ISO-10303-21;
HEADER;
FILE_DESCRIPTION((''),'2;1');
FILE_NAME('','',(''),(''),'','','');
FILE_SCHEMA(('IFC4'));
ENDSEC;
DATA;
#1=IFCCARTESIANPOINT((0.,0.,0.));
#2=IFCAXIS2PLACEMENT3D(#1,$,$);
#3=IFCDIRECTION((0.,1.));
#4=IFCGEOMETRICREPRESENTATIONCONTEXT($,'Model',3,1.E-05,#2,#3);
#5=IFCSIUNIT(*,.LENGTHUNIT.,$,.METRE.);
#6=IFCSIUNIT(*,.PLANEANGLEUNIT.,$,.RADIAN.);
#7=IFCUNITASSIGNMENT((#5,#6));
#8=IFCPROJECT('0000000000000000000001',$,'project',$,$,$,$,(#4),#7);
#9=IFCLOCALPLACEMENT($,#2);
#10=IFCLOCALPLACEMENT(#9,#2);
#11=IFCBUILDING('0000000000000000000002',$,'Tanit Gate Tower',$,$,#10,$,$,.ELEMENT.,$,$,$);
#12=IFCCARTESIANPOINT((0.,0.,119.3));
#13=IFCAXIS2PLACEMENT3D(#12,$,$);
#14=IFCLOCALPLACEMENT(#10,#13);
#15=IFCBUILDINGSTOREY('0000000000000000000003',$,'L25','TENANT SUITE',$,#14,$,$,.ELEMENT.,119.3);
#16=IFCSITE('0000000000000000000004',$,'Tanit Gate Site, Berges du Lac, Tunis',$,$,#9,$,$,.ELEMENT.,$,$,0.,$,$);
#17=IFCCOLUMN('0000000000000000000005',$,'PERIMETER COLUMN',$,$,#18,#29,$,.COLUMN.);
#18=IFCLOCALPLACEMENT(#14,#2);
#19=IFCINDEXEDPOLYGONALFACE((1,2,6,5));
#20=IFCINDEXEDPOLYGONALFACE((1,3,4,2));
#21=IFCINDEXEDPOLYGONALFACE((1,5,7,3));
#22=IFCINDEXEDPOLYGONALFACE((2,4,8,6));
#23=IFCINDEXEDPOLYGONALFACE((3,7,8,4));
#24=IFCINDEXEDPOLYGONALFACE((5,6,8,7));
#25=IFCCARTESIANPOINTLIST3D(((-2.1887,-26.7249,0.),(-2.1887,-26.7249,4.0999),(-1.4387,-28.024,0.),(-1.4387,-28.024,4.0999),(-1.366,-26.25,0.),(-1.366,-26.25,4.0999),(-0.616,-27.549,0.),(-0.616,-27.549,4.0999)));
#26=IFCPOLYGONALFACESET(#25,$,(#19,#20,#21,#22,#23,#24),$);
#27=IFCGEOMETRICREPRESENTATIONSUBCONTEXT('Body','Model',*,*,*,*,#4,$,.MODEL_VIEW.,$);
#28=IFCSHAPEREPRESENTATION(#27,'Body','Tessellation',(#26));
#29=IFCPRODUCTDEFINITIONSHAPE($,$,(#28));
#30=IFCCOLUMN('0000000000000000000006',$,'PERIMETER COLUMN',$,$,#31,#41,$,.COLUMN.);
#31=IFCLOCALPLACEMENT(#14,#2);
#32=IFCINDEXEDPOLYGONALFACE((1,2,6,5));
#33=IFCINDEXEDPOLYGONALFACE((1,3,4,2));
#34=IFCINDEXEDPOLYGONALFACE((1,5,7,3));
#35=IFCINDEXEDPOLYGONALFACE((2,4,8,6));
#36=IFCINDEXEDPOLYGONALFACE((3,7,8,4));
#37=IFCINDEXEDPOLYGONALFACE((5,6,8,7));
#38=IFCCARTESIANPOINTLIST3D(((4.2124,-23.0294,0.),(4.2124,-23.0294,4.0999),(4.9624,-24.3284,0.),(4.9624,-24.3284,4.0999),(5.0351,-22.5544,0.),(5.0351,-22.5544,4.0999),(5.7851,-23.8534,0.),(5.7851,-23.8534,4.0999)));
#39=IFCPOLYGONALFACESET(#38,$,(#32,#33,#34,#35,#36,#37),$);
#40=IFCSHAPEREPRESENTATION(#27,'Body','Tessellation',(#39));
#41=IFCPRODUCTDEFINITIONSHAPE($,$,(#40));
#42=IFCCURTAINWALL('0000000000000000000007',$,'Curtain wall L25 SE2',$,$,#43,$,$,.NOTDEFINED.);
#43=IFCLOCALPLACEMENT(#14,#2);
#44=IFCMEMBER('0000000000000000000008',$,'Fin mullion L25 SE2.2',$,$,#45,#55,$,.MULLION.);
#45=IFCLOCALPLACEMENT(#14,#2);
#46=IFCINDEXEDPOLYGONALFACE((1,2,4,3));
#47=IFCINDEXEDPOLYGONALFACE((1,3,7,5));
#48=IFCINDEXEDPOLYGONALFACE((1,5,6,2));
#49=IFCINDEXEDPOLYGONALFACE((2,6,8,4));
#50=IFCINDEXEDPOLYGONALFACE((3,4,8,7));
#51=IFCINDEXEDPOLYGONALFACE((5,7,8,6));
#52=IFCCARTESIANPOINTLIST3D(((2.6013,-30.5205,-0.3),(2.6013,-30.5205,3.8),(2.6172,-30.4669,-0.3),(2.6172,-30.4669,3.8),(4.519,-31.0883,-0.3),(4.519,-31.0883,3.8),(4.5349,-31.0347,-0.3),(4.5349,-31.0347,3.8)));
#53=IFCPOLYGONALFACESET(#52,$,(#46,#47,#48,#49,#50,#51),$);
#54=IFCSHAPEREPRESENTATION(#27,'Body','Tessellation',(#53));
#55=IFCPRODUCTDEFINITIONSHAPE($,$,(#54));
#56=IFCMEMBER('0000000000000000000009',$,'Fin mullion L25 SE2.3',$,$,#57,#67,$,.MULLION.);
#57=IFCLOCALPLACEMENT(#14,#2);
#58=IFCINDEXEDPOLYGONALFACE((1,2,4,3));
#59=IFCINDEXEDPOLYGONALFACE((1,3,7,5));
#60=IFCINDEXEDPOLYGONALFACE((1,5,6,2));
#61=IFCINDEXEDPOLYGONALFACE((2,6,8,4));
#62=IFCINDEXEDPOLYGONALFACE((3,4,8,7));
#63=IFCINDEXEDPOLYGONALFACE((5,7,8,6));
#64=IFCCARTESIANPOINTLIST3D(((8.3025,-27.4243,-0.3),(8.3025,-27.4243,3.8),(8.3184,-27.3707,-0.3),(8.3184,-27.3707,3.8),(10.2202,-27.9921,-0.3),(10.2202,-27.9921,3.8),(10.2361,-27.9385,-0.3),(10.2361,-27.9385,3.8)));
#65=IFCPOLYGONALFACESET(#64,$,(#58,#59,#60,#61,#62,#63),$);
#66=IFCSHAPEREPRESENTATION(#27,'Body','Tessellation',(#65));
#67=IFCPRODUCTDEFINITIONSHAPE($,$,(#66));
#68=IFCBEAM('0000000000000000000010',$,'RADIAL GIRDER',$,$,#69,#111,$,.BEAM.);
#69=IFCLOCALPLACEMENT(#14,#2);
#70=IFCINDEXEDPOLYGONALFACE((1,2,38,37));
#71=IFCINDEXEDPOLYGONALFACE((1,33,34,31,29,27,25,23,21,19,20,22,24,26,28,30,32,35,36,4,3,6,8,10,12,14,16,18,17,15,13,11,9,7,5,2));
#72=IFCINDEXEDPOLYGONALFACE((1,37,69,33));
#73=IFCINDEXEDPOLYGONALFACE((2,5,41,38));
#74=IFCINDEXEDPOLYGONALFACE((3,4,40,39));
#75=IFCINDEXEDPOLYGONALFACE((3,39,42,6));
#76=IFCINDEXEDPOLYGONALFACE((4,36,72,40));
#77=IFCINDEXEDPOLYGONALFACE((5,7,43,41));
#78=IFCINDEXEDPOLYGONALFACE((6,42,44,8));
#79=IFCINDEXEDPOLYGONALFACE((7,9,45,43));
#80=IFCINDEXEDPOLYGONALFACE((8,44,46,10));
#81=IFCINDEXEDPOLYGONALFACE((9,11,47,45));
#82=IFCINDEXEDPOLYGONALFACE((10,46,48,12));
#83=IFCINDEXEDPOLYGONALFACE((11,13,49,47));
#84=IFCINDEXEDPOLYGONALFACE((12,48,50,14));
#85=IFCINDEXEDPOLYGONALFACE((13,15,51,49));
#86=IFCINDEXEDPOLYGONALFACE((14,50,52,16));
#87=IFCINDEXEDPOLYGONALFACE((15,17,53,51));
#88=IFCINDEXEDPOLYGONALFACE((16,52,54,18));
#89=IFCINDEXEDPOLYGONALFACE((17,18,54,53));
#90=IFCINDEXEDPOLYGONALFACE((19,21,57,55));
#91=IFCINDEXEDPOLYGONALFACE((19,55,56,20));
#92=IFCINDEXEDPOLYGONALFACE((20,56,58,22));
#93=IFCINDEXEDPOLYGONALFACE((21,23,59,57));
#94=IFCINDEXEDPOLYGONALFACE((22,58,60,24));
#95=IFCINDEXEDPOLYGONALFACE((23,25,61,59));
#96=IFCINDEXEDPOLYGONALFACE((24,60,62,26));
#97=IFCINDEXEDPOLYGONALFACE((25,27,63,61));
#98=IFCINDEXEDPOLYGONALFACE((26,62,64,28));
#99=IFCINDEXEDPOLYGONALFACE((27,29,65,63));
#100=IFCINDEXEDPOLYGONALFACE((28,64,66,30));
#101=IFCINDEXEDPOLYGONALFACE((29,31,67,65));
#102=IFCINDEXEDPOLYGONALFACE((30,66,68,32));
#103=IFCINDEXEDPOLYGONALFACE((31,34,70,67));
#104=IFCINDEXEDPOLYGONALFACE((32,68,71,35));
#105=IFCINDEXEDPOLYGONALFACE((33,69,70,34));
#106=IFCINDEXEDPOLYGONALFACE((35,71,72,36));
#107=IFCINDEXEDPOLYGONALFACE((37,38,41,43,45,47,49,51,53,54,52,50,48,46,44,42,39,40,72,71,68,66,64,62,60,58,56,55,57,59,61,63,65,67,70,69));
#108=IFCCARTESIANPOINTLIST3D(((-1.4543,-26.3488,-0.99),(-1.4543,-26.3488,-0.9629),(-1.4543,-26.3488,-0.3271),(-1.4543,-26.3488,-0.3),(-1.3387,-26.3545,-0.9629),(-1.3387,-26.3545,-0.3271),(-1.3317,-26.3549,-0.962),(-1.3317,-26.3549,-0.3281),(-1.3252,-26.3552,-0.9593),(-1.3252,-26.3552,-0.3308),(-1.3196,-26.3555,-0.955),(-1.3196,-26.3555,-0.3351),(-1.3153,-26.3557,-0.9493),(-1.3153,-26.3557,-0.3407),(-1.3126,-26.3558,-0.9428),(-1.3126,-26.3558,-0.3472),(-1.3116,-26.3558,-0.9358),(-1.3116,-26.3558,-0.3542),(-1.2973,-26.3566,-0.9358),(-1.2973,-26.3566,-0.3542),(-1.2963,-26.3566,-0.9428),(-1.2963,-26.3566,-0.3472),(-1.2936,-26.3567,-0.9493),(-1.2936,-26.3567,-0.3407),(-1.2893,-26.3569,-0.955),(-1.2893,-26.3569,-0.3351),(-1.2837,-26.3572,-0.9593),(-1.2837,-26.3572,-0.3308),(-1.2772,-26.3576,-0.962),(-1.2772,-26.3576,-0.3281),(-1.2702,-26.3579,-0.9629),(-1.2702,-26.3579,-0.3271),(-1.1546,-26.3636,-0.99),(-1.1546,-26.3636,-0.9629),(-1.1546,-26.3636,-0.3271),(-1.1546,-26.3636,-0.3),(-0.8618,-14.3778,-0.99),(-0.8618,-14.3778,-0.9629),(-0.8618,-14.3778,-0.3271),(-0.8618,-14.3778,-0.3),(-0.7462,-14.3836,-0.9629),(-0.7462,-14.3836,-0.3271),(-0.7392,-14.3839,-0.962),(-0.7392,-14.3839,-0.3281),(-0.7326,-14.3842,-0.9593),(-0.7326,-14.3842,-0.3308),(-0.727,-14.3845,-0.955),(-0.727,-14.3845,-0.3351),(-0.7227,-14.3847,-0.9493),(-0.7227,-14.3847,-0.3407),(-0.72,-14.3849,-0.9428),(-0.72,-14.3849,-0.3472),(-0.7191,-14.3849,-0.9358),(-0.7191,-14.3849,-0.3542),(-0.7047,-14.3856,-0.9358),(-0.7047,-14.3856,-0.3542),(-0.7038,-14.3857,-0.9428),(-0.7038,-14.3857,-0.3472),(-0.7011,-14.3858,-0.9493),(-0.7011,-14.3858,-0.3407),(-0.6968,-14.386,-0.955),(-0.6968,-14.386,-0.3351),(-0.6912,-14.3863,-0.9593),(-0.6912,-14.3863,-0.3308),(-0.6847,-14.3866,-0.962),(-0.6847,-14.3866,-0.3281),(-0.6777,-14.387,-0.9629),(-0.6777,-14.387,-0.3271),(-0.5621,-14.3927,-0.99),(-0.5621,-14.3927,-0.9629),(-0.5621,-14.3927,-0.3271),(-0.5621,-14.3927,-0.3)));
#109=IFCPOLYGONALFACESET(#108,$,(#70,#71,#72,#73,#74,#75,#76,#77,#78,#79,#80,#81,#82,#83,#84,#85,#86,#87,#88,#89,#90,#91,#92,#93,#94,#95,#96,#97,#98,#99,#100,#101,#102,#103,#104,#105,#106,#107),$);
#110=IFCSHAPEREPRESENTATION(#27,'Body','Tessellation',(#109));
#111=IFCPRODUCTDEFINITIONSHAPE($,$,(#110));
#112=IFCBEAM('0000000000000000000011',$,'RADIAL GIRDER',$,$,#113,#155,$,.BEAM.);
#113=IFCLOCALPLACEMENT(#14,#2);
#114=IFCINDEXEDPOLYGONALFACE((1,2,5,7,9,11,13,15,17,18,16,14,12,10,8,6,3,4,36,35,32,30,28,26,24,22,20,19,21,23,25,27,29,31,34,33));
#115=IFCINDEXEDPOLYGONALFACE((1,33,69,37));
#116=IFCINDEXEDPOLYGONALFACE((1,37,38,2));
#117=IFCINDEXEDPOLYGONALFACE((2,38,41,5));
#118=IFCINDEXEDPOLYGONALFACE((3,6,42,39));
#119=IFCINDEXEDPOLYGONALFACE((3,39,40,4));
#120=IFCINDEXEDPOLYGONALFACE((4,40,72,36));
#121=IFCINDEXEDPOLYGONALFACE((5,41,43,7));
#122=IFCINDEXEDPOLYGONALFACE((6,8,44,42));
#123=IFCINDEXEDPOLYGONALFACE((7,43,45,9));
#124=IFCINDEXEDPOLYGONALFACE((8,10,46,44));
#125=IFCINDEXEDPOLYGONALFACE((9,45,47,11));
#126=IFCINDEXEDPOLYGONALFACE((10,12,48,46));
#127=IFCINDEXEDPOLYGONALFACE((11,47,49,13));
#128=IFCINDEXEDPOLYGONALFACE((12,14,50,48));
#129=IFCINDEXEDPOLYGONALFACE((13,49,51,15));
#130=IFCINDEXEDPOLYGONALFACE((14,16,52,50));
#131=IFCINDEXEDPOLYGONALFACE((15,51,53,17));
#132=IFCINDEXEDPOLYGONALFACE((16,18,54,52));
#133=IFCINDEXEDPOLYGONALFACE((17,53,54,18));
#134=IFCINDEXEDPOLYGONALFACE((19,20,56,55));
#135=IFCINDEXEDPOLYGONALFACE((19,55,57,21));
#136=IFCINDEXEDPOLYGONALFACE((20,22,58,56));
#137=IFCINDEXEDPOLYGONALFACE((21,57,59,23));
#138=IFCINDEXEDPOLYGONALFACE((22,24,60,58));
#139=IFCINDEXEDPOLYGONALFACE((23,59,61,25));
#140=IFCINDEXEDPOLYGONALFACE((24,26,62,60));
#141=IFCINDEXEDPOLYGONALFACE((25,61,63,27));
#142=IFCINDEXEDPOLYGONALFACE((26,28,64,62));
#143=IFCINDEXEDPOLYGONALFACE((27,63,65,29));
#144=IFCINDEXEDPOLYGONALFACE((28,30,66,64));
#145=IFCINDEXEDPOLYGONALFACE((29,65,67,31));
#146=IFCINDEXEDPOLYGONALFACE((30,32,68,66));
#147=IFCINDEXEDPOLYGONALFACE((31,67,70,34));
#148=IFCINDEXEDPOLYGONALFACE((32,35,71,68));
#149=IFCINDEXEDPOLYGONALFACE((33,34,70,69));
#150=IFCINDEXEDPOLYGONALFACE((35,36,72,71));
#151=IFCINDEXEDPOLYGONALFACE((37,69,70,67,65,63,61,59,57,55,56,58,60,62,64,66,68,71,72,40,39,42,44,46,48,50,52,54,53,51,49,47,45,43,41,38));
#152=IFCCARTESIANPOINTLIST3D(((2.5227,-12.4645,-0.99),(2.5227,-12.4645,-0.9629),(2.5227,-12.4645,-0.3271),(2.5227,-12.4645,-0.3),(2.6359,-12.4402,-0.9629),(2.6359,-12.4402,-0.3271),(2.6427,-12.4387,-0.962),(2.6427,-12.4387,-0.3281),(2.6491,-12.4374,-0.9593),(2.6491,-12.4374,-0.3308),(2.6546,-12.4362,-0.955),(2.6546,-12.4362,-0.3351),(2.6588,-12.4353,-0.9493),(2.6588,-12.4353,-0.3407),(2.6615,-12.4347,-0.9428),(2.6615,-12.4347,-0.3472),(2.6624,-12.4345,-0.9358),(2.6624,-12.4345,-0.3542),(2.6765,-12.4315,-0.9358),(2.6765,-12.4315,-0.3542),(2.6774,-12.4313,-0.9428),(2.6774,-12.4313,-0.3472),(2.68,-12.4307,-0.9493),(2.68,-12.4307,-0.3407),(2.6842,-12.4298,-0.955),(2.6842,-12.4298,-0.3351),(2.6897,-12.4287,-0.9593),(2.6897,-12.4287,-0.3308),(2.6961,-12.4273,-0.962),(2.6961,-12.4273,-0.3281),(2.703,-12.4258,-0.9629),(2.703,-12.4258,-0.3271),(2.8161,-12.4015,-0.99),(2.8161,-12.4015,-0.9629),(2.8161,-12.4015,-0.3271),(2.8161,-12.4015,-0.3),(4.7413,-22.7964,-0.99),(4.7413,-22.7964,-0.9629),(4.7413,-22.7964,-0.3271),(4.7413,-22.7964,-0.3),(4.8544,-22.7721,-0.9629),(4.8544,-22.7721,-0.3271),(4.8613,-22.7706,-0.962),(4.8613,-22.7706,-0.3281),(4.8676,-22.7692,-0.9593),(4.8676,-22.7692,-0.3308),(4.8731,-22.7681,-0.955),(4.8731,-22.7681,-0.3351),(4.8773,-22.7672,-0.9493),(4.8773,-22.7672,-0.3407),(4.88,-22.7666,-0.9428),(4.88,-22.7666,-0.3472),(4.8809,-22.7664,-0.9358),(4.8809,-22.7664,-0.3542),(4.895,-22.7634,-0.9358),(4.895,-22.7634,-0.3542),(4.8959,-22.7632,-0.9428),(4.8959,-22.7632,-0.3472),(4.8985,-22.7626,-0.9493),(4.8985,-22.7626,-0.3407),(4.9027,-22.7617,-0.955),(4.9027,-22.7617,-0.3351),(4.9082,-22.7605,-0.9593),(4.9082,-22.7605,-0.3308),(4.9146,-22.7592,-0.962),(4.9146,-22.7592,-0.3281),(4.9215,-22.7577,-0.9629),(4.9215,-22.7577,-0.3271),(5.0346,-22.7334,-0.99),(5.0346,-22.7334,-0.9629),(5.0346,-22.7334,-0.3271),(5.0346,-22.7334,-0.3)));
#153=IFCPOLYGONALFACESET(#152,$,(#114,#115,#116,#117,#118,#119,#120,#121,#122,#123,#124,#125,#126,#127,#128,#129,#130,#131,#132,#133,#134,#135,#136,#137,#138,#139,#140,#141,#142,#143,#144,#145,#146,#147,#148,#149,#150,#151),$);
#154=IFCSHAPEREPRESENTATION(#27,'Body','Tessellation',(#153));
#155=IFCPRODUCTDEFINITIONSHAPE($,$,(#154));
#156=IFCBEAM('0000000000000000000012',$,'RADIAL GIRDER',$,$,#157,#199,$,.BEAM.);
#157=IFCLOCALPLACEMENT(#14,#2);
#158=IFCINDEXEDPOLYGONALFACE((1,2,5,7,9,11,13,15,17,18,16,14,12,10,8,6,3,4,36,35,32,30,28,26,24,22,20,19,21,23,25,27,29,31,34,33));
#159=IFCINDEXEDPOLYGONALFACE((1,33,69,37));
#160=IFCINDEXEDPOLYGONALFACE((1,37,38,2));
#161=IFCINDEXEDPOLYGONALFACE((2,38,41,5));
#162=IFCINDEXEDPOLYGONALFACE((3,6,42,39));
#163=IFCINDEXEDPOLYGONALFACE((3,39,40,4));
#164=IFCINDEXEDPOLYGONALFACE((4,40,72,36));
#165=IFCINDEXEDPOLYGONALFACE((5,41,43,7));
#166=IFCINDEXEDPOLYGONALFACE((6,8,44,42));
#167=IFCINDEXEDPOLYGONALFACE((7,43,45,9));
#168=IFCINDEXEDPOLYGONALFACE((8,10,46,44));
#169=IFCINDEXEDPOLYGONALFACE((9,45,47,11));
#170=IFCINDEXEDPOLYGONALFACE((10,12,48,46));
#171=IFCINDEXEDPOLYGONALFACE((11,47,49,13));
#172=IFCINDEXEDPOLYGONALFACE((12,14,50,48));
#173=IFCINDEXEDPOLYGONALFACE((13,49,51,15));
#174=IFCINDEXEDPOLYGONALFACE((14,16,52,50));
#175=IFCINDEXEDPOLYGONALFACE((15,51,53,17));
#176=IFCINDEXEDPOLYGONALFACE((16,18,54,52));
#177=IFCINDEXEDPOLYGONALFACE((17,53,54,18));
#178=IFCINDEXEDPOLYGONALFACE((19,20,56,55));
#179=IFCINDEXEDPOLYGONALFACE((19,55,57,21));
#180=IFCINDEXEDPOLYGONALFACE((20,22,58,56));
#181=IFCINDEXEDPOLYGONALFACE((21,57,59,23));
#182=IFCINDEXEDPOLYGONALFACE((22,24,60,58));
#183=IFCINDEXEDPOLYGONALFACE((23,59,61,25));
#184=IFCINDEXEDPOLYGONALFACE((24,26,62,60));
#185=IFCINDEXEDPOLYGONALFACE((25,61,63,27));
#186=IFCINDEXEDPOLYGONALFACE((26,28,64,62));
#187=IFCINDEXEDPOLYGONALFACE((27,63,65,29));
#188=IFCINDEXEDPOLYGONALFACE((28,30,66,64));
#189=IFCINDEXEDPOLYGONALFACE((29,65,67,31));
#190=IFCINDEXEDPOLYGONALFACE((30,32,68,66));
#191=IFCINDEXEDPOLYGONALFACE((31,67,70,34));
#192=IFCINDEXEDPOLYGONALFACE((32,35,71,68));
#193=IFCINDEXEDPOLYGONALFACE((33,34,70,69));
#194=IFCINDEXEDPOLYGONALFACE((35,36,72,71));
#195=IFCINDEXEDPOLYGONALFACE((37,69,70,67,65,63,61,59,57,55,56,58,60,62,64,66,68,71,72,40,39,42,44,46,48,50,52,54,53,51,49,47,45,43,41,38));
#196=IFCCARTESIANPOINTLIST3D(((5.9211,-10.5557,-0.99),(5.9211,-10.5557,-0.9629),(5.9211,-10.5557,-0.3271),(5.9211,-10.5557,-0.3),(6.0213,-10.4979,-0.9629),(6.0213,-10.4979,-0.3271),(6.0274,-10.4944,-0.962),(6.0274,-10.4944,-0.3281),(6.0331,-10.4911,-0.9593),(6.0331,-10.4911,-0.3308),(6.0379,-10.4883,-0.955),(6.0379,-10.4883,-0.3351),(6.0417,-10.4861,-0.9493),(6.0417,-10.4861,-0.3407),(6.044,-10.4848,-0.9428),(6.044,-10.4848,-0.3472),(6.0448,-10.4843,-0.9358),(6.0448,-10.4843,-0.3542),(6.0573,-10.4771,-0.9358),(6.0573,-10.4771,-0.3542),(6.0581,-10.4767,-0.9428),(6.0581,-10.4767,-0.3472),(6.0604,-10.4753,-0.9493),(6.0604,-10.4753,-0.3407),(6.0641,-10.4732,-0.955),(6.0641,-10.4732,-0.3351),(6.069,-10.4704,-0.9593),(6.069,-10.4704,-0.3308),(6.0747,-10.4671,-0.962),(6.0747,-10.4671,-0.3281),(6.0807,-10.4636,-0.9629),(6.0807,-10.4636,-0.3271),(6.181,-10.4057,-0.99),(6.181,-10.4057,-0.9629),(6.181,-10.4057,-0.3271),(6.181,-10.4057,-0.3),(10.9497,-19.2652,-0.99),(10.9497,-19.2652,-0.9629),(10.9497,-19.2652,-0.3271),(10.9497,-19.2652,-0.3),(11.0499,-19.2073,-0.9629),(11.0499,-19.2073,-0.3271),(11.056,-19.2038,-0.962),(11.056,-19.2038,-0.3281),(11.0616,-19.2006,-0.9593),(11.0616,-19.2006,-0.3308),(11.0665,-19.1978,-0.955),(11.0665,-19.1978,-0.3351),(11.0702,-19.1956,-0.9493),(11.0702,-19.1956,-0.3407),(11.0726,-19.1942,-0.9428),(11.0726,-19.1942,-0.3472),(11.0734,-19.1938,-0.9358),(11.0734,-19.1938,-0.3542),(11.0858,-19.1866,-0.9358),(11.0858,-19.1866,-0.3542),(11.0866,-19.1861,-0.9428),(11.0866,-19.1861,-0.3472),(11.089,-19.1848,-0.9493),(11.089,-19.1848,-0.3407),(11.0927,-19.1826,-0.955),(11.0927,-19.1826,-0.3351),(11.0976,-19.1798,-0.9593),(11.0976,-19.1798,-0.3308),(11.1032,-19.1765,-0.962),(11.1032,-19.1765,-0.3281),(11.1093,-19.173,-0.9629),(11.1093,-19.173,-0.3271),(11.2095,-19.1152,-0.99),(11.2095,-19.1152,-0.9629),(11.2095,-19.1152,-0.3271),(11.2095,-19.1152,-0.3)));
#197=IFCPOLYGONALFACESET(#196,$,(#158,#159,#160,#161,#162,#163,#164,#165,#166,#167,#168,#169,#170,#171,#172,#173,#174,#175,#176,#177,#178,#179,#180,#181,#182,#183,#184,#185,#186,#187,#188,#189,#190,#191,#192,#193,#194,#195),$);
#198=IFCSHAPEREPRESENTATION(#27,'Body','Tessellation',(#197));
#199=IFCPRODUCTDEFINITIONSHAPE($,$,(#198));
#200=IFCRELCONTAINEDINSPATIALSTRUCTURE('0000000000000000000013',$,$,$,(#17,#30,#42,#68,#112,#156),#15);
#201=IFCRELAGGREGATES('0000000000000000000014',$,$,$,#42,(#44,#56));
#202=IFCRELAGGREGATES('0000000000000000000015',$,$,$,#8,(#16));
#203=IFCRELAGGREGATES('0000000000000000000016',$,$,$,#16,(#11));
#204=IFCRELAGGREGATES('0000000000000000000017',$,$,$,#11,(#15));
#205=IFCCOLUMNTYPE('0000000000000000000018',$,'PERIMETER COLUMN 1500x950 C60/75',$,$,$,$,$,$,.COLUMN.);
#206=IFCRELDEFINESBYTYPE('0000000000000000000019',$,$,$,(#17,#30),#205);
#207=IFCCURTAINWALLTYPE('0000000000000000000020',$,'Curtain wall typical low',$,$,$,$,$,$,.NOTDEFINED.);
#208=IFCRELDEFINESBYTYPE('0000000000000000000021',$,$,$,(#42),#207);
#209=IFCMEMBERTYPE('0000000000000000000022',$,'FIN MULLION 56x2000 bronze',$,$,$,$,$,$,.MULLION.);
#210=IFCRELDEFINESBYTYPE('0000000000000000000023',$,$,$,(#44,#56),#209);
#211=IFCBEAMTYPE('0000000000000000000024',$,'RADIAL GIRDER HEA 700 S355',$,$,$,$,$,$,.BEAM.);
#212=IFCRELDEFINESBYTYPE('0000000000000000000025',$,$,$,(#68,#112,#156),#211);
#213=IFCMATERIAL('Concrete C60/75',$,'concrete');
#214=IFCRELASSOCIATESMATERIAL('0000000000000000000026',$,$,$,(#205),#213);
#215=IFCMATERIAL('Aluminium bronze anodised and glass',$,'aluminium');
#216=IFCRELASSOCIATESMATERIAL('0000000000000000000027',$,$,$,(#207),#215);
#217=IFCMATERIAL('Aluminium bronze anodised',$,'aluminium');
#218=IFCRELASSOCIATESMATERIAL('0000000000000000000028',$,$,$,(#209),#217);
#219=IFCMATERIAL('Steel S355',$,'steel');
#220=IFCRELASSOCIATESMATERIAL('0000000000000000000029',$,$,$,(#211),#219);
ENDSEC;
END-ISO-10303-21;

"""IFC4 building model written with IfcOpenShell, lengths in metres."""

from ifc_helpers import new_model, si_unit, direction, frame, origin, origin_2d, place, context, subcontext, project, spatial, rectangle, i_section, extrude, material, material_profile, profile_set, type_object, element, aggregate, save


model = new_model("IFC4")

# Units and contexts
model_context = context("Model", 3, precision=1e-05, world=origin(), true_north=direction((0.0, 1.0)))
body_context = subcontext(model_context, "Body", "Model", "MODEL_VIEW")
ifc_project = project(units=[si_unit("LENGTHUNIT", "METRE"), si_unit("PLANEANGLEUNIT", "RADIAN")], contexts=[model_context])

# Site, building, storey
site_placement = place(None, origin())
site = spatial("IfcSite", under=ifc_project, at=site_placement, Name="Tanit Gate Site, Berges du Lac, Tunis", CompositionType="ELEMENT", RefElevation=0.0)
building_placement = place(site_placement, origin())
building = spatial("IfcBuilding", under=site, at=building_placement, Name="Tanit Gate Tower", CompositionType="ELEMENT")
storey_placement = place(building_placement, frame((0.0, 0.0, 119.3)))
storey = spatial("IfcBuildingStorey", under=building, at=storey_placement, Name="L25", Description="TENANT SUITE", CompositionType="ELEMENT", Elevation=119.3)

# Columns
ifc_material_1 = material(Name="Concrete C60/75", Category="concrete")
ifc_material_profile_1 = material_profile(ifc_material_1, rectangle(XDim=1.5, YDim=0.95, at=origin_2d()), Name="RC 1500x950")
ifc_profile_set_1 = profile_set([ifc_material_profile_1], Name="Concrete C60/75")
column_type = type_object("IfcColumnType", Name="PERIMETER COLUMN 1500x950 C60/75", PredefinedType="COLUMN", material=ifc_profile_set_1)
for number, where, z_axis, x_axis, name in (
    (1, (-1.4023, -27.137, 0.0), (0.0, 0.0, 1.0), (0.5, -0.866025, 0.0), "PERIMETER COLUMN"),
    (2, (4.9988, -23.4414, 0.0), (0.0, 0.0, 1.0), (0.5, -0.866025, 0.0), "PERIMETER COLUMN"),
):
    element("IfcColumn", number, at=place(storey_placement, frame(where, z_axis=z_axis, x_axis=x_axis)), inside=storey, type_object=column_type, Name=name, PredefinedType="COLUMN", context=body_context, shape_type="SweptSolid", body=[
        extrude(rectangle(XDim=1.5, YDim=0.95, at=origin_2d()), origin(), (0.0, 0.0, 1.0), 4.0999),
    ])

# Curtain wall, members
ifc_material_2 = material(Name="Aluminium bronze anodised and glass", Category="aluminium")
curtain_wall_type = type_object("IfcCurtainWallType", Name="Curtain wall typical low", PredefinedType="NOTDEFINED", material=ifc_material_2)
curtain_wall_placement = place(storey_placement, origin())
curtain_wall = element("IfcCurtainWall", 3, at=curtain_wall_placement, inside=storey, type_object=curtain_wall_type, Name="Curtain wall L25 SE2", PredefinedType="NOTDEFINED")
ifc_material_3 = material(Name="Aluminium bronze anodised", Category="aluminium")
ifc_material_profile_2 = material_profile(ifc_material_3, rectangle(XDim=2.0, YDim=0.0559, at=origin_2d()), Name="56x2000 bronze fin mullion")
ifc_profile_set_2 = profile_set([ifc_material_profile_2], Name="Aluminium bronze anodised")
member_type_1 = type_object("IfcMemberType", Name="FIN MULLION 56x2000 bronze", PredefinedType="MULLION", material=ifc_profile_set_2)
member_1_placement = place(storey_placement, frame((3.5681, -30.7776, -0.3), z_axis=(0.0, 0.0, 1.0), x_axis=(-0.958852, 0.283906, 0.0)))
member_1 = element("IfcMember", 4, at=member_1_placement, type_object=member_type_1, Name="Fin mullion L25 SE2.2", PredefinedType="MULLION", context=body_context, shape_type="SweptSolid", body=[
    extrude(rectangle(XDim=2.0, YDim=0.0559, at=origin_2d()), origin(), (0.0, 0.0, 1.0), 4.1001),
])
member_2_placement = place(storey_placement, frame((9.2693, -27.6814, -0.3), z_axis=(0.0, 0.0, 1.0), x_axis=(-0.958852, 0.283906, 0.0)))
member_2 = element("IfcMember", 5, at=member_2_placement, type_object=member_type_1, Name="Fin mullion L25 SE2.3", PredefinedType="MULLION", context=body_context, shape_type="SweptSolid", body=[
    extrude(rectangle(XDim=2.0, YDim=0.0559, at=origin_2d()), origin(), (0.0, 0.0, 1.0), 4.1001),
])

# Beams
ifc_material_4 = material(Name="Steel S355", Category="steel")
ifc_material_profile_3 = material_profile(ifc_material_4, i_section(OverallWidth=0.3, OverallDepth=0.6899, WebThickness=0.0144, FlangeThickness=0.0271, FilletRadius=0.0271, at=origin_2d()), Name="HEA 700")
ifc_profile_set_3 = profile_set([ifc_material_profile_3], Name="Steel S355")
beam_type = type_object("IfcBeamType", Name="RADIAL GIRDER HEA 700 S355", PredefinedType="BEAM", material=ifc_profile_set_3)
beam_1_placement = place(storey_placement, frame((-1.3044, -26.3562, -0.645), z_axis=(0.049437, 0.998777, 0.0), x_axis=(-0.998777, 0.049437, 0.0)))
element("IfcBeam", 6, at=beam_1_placement, inside=storey, type_object=beam_type, Name="RADIAL GIRDER", PredefinedType="BEAM", context=body_context, shape_type="SweptSolid", body=[
    extrude(i_section(OverallWidth=0.3, OverallDepth=0.6899, WebThickness=0.0144, FlangeThickness=0.0271, FilletRadius=0.0271, at=origin_2d()), origin(), (0.0, 0.0, 1.0), 11.9856),
])
beam_2_placement = place(storey_placement, frame((4.8879, -22.7649, -0.645), z_axis=(-0.209941, 0.977714, 0.0), x_axis=(-0.977714, -0.209941, 0.0)))
element("IfcBeam", 7, at=beam_2_placement, inside=storey, type_object=beam_type, Name="RADIAL GIRDER", PredefinedType="BEAM", context=body_context, shape_type="SweptSolid", body=[
    extrude(i_section(OverallWidth=0.3, OverallDepth=0.6899, WebThickness=0.0144, FlangeThickness=0.0271, FilletRadius=0.0271, at=origin_2d()), origin(), (0.0, 0.0, 1.0), 10.5674),
])
beam_3_placement = place(storey_placement, frame((11.0796, -19.1902, -0.645), z_axis=(-0.500011, 0.866019, 0.0), x_axis=(-0.866019, -0.500011, 0.0)))
element("IfcBeam", 8, at=beam_3_placement, inside=storey, type_object=beam_type, Name="RADIAL GIRDER", PredefinedType="BEAM", context=body_context, shape_type="SweptSolid", body=[
    extrude(i_section(OverallWidth=0.3, OverallDepth=0.6899, WebThickness=0.0144, FlangeThickness=0.0271, FilletRadius=0.0271, at=origin_2d()), origin(), (0.0, 0.0, 1.0), 10.0569),
])

aggregate(curtain_wall, [member_1, member_2])

save(model, "model.ifc")
